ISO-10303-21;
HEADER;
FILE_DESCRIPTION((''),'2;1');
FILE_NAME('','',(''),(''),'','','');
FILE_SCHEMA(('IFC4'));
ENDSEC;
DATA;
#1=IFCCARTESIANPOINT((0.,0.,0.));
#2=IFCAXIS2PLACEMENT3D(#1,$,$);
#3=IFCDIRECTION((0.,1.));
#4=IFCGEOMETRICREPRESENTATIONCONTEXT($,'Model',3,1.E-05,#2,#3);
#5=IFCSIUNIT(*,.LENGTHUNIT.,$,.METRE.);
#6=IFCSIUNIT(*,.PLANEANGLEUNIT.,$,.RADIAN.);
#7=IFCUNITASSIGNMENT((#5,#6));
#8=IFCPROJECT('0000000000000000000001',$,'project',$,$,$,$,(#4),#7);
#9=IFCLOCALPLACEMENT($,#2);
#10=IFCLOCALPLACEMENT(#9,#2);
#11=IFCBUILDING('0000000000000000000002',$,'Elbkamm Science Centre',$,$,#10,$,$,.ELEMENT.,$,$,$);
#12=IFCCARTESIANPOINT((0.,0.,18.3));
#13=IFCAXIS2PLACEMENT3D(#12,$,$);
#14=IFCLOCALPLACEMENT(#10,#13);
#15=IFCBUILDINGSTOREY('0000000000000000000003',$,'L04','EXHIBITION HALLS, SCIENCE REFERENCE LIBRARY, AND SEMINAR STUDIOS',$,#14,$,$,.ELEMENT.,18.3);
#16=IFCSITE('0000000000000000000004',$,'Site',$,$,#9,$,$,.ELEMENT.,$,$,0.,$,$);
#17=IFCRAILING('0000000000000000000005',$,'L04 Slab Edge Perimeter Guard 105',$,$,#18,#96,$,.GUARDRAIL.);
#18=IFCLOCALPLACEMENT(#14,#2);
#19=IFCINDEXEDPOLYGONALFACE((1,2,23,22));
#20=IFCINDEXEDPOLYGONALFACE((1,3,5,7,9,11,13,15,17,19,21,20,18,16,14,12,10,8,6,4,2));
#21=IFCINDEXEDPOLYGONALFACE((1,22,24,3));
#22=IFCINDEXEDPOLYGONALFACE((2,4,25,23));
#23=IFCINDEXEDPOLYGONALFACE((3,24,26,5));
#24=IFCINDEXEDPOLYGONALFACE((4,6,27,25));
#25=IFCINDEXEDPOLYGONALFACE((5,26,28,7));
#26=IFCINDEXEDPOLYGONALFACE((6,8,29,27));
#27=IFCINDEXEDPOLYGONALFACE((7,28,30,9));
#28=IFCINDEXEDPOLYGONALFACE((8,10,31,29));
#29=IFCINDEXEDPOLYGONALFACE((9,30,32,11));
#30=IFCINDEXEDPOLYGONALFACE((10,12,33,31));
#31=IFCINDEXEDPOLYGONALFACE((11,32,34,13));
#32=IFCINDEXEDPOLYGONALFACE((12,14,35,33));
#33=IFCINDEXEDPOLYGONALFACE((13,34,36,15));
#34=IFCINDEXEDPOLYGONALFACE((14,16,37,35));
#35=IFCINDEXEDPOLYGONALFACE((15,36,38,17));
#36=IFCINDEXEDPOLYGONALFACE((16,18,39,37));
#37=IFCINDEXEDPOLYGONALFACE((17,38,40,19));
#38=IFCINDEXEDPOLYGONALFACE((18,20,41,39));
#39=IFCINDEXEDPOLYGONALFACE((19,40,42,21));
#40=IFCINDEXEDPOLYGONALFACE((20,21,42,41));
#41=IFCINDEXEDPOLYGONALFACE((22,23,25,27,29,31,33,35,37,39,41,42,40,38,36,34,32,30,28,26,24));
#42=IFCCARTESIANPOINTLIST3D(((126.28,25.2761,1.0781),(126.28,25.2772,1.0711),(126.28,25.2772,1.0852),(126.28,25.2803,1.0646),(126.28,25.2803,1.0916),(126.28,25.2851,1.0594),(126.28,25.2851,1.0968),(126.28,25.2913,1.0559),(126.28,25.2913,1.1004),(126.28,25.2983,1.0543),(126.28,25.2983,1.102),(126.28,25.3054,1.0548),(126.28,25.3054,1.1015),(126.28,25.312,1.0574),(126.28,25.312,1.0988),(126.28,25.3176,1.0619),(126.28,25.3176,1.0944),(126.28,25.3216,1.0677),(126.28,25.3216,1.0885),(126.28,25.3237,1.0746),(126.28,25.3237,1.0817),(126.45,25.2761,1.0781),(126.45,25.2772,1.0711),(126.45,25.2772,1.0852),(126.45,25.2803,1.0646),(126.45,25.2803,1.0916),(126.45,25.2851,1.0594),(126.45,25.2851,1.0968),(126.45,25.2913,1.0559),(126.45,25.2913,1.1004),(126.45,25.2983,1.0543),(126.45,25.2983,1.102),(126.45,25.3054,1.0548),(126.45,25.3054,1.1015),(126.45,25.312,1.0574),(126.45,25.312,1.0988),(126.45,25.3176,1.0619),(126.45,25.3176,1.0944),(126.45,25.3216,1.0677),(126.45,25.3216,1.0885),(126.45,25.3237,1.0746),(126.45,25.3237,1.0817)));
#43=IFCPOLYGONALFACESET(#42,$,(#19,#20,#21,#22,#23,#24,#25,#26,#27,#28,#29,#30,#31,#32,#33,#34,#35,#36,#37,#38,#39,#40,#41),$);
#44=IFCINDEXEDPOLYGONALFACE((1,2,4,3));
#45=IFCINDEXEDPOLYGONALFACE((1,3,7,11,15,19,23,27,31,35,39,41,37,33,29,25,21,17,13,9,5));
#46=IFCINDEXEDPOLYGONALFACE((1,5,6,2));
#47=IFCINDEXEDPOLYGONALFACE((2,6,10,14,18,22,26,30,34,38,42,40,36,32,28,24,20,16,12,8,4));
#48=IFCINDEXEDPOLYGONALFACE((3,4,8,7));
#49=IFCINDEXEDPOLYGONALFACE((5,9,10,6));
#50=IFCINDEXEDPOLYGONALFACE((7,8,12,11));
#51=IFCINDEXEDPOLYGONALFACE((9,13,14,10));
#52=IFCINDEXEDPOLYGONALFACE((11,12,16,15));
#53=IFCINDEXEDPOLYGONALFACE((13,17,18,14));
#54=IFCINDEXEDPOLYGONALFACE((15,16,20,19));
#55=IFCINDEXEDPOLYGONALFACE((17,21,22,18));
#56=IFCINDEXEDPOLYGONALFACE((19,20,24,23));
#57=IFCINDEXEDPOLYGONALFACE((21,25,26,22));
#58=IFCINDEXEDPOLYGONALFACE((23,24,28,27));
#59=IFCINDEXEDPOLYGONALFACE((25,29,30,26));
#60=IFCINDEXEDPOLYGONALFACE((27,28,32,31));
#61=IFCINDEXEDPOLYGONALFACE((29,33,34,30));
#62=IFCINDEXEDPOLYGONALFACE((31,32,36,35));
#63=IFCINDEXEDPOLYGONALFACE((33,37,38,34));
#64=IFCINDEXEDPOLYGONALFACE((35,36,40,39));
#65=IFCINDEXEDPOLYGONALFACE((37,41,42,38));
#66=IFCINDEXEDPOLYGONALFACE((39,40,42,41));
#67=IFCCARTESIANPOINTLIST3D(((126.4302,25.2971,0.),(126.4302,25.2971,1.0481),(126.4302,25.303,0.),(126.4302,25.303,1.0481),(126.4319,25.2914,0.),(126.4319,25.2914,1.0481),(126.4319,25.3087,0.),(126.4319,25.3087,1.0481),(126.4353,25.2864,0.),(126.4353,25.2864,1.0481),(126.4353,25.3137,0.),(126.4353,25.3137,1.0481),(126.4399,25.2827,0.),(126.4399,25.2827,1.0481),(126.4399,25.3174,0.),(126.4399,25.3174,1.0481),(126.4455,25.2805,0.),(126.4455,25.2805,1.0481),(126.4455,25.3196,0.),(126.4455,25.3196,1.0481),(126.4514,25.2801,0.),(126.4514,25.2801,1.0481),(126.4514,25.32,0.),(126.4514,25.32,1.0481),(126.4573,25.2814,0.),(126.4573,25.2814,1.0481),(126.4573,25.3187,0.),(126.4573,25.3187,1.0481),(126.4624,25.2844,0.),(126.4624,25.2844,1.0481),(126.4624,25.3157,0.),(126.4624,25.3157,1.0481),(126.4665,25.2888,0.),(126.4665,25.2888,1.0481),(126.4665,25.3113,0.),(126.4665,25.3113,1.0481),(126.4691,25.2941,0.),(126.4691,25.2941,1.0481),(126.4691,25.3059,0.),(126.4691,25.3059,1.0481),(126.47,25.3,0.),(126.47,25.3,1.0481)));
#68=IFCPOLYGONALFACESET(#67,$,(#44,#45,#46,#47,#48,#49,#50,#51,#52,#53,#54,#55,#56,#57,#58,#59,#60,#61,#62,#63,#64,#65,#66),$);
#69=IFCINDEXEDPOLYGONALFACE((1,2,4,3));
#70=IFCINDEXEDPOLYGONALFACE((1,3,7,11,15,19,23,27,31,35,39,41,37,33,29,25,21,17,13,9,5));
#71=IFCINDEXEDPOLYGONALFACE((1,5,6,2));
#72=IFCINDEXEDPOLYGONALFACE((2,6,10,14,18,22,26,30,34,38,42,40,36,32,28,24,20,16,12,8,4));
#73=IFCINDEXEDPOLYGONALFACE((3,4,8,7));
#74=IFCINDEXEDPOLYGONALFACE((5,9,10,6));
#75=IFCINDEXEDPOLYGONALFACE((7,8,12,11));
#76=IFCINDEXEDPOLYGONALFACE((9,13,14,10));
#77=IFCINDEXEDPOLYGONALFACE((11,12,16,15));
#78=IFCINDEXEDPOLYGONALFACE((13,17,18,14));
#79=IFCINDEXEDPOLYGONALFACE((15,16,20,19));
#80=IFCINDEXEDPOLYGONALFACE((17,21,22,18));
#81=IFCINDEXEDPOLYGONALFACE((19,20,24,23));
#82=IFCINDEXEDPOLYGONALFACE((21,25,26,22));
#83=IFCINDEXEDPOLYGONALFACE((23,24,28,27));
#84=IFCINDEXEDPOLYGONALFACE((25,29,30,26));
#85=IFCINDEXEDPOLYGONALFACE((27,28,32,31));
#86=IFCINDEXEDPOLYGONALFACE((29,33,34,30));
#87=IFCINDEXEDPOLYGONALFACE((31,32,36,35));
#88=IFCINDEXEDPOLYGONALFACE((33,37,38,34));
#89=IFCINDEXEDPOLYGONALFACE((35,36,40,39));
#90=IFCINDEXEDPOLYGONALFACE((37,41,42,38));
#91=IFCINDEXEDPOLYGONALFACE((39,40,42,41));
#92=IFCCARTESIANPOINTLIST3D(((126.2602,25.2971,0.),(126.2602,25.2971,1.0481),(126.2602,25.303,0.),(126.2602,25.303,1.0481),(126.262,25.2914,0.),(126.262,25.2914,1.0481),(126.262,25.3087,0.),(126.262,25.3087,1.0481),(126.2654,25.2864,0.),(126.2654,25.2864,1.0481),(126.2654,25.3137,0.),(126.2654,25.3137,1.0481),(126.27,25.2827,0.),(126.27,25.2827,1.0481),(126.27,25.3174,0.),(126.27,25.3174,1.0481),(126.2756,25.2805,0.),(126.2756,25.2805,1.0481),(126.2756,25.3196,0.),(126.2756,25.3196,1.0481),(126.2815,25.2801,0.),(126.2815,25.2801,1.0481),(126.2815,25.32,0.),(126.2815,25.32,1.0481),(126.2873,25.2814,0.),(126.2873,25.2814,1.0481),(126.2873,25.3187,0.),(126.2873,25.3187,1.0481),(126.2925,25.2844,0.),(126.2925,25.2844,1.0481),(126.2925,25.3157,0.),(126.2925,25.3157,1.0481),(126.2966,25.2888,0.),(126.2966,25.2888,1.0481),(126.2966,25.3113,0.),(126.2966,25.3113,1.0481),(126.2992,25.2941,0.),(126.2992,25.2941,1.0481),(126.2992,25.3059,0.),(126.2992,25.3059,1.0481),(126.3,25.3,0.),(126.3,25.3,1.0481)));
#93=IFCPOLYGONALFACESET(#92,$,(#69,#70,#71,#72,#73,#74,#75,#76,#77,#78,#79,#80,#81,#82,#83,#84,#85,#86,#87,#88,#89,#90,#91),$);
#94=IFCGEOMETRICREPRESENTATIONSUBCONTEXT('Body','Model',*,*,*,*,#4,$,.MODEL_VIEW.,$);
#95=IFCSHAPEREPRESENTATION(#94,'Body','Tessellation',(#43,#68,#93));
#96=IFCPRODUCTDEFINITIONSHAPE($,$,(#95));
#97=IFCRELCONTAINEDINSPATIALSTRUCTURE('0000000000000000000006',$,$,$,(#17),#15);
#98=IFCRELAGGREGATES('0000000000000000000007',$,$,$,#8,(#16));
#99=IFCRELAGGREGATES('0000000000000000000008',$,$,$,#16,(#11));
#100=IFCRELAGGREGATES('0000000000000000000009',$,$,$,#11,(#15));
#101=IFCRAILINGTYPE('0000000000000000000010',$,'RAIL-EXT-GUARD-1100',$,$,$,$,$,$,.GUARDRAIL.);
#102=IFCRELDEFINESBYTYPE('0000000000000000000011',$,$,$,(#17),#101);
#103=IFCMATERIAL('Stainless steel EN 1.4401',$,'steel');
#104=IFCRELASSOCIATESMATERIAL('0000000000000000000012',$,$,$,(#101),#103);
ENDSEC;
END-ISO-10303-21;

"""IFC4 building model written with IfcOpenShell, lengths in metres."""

from ifc_helpers import new_model, si_unit, direction, frame, origin, origin_2d, place, context, subcontext, project, spatial, circle, extrude, material, type_object, element, save


model = new_model("IFC4")

# Units and contexts
model_context = context("Model", 3, precision=1e-05, world=origin(), true_north=direction((0.0, 1.0)))
body_context = subcontext(model_context, "Body", "Model", "MODEL_VIEW")
ifc_project = project(units=[si_unit("LENGTHUNIT", "METRE"), si_unit("PLANEANGLEUNIT", "RADIAN")], contexts=[model_context])

# Site, building, storey
site_placement = place(None, origin())
site = spatial("IfcSite", under=ifc_project, at=site_placement, Name="Site", CompositionType="ELEMENT", RefElevation=0.0)
building_placement = place(site_placement, origin())
building = spatial("IfcBuilding", under=site, at=building_placement, Name="Elbkamm Science Centre", CompositionType="ELEMENT")
storey_placement = place(building_placement, frame((0.0, 0.0, 18.3)))
storey = spatial("IfcBuildingStorey", under=building, at=storey_placement, Name="L04", Description="EXHIBITION HALLS, SCIENCE REFERENCE LIBRARY, AND SEMINAR STUDIOS", CompositionType="ELEMENT", Elevation=18.3)

# Railing
ifc_material_1 = material(Name="Stainless steel EN 1.4401", Category="steel")
railing_type_1 = type_object("IfcRailingType", Name="RAIL-EXT-GUARD-1100", PredefinedType="GUARDRAIL", material=ifc_material_1)
railing_1_placement = place(storey_placement, frame((126.45, 25.3, 0.0)))
element("IfcRailing", 1, at=railing_1_placement, inside=storey, type_object=railing_type_1, Name="L04 Slab Edge Perimeter Guard 105", PredefinedType="GUARDRAIL", context=body_context, shape_type="SweptSolid", body=[
    extrude(circle(Radius=0.0239, at=origin_2d()), frame((0.0, 0.0, 1.0781), z_axis=(-1.0, 0.0, 0.0), x_axis=(0.0, -1.0, 0.0)), (0.0, 0.0, 1.0), 0.1699),
    extrude(circle(Radius=0.02, at=origin_2d()), origin(), (0.0, 0.0, 1.0), 1.0481),
    extrude(circle(Radius=0.02, at=origin_2d()), frame((-0.1699, 0.0, 0.0)), (0.0, 0.0, 1.0), 1.0481),
])

save(model, "model.ifc")
